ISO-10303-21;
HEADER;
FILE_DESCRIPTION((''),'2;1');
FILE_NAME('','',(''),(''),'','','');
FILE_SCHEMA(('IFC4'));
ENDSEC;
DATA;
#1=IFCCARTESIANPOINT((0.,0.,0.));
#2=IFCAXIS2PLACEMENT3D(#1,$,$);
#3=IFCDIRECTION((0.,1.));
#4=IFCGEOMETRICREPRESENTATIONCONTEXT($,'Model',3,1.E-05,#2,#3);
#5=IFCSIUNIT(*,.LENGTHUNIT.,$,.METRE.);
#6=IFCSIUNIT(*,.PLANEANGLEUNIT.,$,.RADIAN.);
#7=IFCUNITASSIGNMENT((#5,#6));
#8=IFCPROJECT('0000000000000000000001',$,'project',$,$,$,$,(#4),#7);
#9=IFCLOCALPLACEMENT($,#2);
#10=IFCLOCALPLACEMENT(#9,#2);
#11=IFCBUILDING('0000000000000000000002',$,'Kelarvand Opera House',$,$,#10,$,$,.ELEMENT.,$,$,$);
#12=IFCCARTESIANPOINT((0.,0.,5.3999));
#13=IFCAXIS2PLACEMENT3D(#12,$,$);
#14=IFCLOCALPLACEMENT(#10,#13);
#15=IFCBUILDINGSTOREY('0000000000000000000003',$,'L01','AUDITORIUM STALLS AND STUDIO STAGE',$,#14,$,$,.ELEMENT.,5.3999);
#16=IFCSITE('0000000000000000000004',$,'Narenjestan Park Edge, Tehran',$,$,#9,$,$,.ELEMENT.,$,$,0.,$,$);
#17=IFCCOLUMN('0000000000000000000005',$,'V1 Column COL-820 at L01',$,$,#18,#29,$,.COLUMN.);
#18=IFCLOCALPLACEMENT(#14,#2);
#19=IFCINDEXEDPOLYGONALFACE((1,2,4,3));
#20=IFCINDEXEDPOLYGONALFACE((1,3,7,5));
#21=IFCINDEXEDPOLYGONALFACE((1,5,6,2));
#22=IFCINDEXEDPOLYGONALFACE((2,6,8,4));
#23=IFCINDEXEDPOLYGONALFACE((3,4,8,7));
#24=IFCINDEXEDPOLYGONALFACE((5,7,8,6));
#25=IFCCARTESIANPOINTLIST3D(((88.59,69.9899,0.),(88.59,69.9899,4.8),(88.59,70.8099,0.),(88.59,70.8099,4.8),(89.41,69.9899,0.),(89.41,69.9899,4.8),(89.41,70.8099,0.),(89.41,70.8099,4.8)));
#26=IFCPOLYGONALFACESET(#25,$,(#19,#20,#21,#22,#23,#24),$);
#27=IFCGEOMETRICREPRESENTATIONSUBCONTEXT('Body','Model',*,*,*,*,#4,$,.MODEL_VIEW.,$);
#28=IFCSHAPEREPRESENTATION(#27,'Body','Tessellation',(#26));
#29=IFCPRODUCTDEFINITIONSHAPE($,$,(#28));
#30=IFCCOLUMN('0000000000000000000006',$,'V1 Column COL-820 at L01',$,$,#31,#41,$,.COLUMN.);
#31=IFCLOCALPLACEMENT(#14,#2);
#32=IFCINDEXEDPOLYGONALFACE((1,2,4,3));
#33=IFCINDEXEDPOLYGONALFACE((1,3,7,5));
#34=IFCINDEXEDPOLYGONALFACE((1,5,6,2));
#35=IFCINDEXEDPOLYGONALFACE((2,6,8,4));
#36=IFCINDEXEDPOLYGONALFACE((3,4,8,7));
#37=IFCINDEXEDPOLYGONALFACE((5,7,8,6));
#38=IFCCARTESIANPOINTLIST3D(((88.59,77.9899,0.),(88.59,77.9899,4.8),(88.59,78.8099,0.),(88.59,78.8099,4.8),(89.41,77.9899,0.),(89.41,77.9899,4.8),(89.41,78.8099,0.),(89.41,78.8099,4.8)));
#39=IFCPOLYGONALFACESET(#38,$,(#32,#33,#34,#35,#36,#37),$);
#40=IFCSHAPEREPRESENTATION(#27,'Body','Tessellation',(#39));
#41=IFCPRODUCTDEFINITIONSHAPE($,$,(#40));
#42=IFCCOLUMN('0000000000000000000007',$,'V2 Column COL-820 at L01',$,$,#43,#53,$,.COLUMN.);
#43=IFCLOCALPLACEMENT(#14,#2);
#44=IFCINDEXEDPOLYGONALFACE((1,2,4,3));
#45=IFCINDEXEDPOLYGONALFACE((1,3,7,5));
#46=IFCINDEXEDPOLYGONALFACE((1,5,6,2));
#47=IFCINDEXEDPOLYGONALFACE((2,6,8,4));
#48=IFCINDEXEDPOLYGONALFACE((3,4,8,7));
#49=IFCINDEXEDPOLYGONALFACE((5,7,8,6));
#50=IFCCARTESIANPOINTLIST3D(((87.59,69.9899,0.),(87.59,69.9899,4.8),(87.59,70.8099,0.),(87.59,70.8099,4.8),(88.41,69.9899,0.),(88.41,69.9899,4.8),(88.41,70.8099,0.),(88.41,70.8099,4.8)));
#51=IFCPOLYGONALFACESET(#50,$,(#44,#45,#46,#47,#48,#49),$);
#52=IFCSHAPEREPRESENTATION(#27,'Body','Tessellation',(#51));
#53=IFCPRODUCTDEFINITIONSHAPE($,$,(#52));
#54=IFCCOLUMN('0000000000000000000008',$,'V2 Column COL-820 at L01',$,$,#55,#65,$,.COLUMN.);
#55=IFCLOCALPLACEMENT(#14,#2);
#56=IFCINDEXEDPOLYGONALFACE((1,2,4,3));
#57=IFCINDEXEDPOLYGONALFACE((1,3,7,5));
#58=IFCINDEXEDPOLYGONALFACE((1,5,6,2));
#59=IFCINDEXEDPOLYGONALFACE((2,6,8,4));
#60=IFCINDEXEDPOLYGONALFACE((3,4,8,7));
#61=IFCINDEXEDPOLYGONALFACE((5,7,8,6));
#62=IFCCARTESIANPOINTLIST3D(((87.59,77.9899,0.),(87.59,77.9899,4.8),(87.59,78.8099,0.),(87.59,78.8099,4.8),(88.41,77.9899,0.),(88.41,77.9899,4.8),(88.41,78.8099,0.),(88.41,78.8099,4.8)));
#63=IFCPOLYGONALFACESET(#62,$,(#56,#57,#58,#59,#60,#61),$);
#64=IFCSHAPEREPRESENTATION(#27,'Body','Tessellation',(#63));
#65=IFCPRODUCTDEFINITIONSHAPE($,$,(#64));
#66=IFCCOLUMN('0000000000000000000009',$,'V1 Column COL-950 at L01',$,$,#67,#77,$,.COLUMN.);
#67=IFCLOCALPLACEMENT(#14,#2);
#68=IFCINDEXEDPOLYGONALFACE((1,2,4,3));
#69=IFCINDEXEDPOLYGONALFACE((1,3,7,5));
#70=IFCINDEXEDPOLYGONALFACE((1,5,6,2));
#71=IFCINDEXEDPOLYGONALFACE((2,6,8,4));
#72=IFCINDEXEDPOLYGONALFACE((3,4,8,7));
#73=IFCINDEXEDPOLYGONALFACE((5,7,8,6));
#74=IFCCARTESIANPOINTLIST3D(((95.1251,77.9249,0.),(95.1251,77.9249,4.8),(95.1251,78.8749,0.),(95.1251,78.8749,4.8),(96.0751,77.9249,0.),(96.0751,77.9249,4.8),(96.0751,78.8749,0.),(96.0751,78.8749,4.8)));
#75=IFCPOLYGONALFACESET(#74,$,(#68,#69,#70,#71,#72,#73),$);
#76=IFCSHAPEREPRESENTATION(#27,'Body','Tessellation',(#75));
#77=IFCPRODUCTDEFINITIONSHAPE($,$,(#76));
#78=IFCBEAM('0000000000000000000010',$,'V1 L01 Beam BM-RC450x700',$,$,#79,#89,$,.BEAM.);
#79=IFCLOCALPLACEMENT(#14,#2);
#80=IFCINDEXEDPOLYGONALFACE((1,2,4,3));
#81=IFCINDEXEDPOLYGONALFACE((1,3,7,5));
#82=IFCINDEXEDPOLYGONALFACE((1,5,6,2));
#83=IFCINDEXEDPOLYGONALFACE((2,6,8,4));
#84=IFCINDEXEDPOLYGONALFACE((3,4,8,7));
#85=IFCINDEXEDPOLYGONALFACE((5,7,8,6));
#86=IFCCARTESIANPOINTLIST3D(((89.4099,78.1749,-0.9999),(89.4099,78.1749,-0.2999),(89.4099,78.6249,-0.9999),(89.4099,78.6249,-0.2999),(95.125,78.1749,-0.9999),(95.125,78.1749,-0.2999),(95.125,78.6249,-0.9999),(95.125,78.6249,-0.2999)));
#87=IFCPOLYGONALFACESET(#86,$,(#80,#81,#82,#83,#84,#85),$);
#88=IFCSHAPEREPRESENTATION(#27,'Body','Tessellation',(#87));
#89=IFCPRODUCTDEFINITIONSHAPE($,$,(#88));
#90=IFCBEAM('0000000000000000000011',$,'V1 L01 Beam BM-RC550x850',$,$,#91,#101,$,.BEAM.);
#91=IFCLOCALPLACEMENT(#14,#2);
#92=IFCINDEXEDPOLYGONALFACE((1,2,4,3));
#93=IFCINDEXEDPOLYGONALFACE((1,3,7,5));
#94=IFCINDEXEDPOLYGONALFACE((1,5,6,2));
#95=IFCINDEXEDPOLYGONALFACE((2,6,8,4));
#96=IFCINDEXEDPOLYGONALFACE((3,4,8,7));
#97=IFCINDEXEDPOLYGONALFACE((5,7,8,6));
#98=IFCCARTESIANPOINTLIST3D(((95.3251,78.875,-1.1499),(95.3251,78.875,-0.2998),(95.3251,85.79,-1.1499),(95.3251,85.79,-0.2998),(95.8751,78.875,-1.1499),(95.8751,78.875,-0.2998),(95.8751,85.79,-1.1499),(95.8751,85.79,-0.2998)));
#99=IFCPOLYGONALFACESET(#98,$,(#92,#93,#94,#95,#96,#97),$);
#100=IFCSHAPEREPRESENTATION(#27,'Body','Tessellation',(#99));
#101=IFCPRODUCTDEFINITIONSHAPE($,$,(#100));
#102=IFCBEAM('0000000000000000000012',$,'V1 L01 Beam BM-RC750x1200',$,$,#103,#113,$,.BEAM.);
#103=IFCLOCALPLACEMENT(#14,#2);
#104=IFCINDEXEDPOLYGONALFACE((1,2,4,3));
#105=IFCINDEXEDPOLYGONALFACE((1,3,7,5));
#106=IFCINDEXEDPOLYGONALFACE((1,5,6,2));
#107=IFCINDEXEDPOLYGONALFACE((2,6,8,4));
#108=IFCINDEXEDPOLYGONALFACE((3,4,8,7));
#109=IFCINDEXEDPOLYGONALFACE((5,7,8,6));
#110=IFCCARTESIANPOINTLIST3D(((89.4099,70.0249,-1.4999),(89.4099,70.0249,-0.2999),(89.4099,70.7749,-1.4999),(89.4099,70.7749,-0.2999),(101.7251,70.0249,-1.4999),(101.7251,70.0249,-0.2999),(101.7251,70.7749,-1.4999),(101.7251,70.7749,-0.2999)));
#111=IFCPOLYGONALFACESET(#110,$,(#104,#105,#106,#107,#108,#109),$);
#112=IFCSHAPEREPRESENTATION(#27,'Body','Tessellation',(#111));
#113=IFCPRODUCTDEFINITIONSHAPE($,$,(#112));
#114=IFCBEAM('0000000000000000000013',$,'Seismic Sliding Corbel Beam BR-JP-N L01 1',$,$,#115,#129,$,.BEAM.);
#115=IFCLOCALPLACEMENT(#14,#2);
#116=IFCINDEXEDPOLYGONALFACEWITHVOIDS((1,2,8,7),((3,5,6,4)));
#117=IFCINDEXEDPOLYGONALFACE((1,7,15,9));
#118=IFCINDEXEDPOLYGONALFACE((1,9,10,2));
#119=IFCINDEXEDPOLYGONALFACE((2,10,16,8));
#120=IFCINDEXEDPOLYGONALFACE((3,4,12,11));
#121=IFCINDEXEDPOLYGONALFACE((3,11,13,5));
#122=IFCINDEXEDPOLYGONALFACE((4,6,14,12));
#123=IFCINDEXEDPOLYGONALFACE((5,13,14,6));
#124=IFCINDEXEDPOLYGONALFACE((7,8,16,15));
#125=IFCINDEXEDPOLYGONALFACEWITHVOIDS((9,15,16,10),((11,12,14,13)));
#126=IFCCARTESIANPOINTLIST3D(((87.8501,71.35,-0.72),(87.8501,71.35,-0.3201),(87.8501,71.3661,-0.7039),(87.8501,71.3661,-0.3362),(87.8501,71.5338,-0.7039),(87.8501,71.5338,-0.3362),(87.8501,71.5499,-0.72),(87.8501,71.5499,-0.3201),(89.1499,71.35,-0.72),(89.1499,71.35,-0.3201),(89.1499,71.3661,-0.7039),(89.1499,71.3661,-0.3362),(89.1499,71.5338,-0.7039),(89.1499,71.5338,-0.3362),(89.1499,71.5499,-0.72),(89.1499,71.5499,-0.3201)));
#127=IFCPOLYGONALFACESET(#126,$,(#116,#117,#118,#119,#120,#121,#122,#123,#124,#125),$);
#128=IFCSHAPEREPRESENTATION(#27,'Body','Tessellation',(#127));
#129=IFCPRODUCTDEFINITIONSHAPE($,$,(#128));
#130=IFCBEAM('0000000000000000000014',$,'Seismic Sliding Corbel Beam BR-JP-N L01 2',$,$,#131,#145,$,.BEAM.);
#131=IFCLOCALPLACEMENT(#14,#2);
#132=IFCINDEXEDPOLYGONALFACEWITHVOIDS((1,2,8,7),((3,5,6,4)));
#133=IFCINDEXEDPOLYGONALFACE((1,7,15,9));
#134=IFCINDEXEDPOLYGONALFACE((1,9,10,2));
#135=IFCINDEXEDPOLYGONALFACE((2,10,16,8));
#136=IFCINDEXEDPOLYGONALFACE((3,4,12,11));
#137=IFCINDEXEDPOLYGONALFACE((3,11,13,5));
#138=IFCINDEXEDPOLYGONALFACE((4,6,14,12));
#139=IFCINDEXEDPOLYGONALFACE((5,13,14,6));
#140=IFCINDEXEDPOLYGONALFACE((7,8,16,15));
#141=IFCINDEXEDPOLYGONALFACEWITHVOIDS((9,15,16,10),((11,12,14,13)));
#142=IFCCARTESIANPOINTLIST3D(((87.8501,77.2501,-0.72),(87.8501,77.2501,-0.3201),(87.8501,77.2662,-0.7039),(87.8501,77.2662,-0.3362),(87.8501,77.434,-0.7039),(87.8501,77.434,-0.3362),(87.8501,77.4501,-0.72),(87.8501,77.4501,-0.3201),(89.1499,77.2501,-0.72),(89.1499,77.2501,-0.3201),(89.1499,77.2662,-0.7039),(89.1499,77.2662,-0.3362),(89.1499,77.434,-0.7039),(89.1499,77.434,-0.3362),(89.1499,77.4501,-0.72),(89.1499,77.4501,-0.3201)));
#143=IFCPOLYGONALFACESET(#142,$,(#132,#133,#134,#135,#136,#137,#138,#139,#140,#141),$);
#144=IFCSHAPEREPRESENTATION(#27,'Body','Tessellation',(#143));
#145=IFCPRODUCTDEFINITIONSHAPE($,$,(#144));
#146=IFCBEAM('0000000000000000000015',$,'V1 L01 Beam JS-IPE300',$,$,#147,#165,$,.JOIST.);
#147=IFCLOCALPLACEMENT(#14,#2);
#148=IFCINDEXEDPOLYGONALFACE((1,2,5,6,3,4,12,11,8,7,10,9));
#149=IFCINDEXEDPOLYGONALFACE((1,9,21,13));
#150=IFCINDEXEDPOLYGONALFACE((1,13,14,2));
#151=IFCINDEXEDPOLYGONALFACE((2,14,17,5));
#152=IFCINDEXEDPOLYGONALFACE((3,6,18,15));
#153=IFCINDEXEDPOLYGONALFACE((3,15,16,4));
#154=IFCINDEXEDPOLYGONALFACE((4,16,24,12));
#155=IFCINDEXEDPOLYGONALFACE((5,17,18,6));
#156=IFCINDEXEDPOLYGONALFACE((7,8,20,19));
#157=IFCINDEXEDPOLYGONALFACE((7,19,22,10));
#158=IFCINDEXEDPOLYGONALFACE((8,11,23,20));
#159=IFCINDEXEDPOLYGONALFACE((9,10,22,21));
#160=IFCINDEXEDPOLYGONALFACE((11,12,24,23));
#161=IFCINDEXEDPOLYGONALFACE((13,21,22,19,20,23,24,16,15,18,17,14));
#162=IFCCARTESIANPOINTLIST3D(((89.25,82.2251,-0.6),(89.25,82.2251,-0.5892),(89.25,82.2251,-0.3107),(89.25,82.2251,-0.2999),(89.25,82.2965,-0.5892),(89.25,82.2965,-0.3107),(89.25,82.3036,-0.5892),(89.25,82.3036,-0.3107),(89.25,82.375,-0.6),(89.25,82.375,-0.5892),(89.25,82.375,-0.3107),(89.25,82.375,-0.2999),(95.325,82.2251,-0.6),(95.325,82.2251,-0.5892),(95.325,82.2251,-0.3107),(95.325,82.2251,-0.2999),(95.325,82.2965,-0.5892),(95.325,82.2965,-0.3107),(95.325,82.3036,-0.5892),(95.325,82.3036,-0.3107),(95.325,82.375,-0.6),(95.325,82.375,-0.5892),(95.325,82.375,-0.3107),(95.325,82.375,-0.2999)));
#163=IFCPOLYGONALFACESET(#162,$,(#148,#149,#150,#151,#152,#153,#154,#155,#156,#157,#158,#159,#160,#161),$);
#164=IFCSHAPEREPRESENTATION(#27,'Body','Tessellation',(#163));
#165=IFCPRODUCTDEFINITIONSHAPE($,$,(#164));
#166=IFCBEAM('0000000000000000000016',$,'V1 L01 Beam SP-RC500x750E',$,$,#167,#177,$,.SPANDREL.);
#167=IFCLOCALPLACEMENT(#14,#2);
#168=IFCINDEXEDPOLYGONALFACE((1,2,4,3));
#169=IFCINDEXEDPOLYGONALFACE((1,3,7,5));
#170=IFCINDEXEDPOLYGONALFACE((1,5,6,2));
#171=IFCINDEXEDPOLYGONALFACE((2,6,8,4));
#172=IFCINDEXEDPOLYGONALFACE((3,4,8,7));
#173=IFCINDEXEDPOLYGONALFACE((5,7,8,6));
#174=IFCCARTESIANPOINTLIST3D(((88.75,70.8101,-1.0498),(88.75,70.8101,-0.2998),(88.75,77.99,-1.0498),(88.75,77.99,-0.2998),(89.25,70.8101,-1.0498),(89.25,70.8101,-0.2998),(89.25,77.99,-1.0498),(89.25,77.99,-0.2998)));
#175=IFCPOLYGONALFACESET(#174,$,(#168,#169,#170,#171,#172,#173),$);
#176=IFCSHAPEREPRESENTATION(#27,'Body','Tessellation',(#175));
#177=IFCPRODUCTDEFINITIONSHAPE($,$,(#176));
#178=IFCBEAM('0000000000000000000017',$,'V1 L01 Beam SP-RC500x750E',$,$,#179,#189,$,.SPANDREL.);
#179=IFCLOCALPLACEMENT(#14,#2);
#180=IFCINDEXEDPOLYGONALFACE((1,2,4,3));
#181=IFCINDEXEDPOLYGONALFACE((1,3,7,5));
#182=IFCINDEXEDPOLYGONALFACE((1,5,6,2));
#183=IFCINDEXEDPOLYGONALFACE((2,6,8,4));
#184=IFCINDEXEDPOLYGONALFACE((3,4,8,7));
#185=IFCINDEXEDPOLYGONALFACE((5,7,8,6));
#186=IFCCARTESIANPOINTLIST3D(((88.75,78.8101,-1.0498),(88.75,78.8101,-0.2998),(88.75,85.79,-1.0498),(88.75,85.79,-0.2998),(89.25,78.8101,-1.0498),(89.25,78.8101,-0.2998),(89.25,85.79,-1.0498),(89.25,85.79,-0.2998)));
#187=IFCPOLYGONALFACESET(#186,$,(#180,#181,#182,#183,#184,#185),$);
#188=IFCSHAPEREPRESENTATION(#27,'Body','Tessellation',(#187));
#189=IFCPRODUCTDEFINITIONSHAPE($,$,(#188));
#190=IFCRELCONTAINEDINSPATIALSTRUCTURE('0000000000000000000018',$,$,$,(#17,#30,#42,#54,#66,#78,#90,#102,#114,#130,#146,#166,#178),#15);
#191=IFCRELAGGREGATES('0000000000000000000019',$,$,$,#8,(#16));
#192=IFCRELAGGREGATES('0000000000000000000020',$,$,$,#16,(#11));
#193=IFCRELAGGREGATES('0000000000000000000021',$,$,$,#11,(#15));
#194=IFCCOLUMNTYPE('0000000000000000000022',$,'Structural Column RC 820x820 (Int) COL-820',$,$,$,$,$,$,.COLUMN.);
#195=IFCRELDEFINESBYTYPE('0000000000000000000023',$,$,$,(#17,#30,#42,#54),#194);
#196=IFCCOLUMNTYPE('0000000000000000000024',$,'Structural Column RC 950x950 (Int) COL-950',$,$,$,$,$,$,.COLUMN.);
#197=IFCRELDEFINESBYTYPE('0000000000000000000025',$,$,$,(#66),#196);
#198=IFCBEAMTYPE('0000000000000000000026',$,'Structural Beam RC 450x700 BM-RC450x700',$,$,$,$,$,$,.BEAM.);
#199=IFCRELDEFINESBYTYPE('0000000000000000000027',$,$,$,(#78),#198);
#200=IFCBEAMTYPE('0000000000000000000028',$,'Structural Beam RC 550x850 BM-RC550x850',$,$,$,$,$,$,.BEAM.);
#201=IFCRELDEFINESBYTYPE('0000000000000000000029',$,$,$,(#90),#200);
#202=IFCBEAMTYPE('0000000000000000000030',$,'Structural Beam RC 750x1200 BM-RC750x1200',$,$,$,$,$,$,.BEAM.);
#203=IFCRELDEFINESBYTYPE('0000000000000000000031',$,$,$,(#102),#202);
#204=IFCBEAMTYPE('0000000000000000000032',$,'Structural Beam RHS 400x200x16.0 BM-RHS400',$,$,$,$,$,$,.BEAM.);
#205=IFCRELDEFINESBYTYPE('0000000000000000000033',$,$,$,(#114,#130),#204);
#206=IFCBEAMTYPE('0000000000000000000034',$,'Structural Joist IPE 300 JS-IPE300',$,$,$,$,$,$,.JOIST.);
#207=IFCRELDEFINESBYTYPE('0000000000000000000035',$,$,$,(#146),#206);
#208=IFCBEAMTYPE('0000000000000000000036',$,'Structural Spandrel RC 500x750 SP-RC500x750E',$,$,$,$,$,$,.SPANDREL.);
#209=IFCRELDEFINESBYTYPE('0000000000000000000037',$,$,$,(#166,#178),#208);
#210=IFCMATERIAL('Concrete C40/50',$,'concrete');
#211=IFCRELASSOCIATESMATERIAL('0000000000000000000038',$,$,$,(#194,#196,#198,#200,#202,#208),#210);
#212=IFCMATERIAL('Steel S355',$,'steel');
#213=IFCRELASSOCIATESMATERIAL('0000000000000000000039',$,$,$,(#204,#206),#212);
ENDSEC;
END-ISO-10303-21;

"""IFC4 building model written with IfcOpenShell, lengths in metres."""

from ifc_helpers import new_model, si_unit, direction, frame, origin, origin_2d, place, context, subcontext, project, spatial, rectangle, hollow_rectangle, i_section, extrude, material, material_profile, profile_set, type_object, element, save


model = new_model("IFC4")

# Units and contexts
model_context = context("Model", 3, precision=1e-05, world=origin(), true_north=direction((0.0, 1.0)))
body_context = subcontext(model_context, "Body", "Model", "MODEL_VIEW")
ifc_project = project(units=[si_unit("LENGTHUNIT", "METRE"), si_unit("PLANEANGLEUNIT", "RADIAN")], contexts=[model_context])

# Site, building, storey
site_placement = place(None, origin())
site = spatial("IfcSite", under=ifc_project, at=site_placement, Name="Narenjestan Park Edge, Tehran", CompositionType="ELEMENT", RefElevation=0.0)
building_placement = place(site_placement, origin())
building = spatial("IfcBuilding", under=site, at=building_placement, Name="Kelarvand Opera House", CompositionType="ELEMENT")
storey_placement = place(building_placement, frame((0.0, 0.0, 5.3999)))
storey = spatial("IfcBuildingStorey", under=building, at=storey_placement, Name="L01", Description="AUDITORIUM STALLS AND STUDIO STAGE", CompositionType="ELEMENT", Elevation=5.3999)

# Columns
ifc_material_1 = material(Name="Concrete C40/50", Category="concrete")
ifc_material_profile_1 = material_profile(ifc_material_1, rectangle(XDim=0.8201, YDim=0.8201, at=origin_2d()), Name="RC 820x820", Category="concrete")
ifc_profile_set_1 = profile_set([ifc_material_profile_1], Name="Concrete C40/50")
column_type_1 = type_object("IfcColumnType", Name="Structural Column RC 820x820 (Int) COL-820", PredefinedType="COLUMN", material=ifc_profile_set_1)
for number, where, z_axis, x_axis, name in (
    (1, (89.0, 70.3999, 0.0), (0.0, 0.0, 1.0), (1.0, 0.0, 0.0), "V1 Column COL-820 at L01"),
    (2, (89.0, 78.3999, 0.0), (0.0, 0.0, 1.0), (1.0, 0.0, 0.0), "V1 Column COL-820 at L01"),
    (3, (88.0, 70.3999, 0.0), (0.0, 0.0, 1.0), (1.0, 0.0, 0.0), "V2 Column COL-820 at L01"),
    (4, (88.0, 78.3999, 0.0), (0.0, 0.0, 1.0), (1.0, 0.0, 0.0), "V2 Column COL-820 at L01"),
):
    element("IfcColumn", number, at=place(storey_placement, frame(where, z_axis=z_axis, x_axis=x_axis)), inside=storey, type_object=column_type_1, Name=name, PredefinedType="COLUMN", context=body_context, shape_type="SweptSolid", body=[
        extrude(rectangle(XDim=0.8201, YDim=0.8201, at=origin_2d()), origin(), (0.0, 0.0, 1.0), 4.8),
    ])
ifc_material_profile_2 = material_profile(ifc_material_1, rectangle(XDim=0.95, YDim=0.95, at=origin_2d()), Name="RC 950x950", Category="concrete")
ifc_profile_set_2 = profile_set([ifc_material_profile_2], Name="Concrete C40/50")
column_type_2 = type_object("IfcColumnType", Name="Structural Column RC 950x950 (Int) COL-950", PredefinedType="COLUMN", material=ifc_profile_set_2)
column_placement = place(storey_placement, frame((95.6001, 78.3999, 0.0), z_axis=(0.0, 0.0, 1.0), x_axis=(1.0, 0.0, 0.0)))
element("IfcColumn", 5, at=column_placement, inside=storey, type_object=column_type_2, Name="V1 Column COL-950 at L01", PredefinedType="COLUMN", context=body_context, shape_type="SweptSolid", body=[
    extrude(rectangle(XDim=0.95, YDim=0.95, at=origin_2d()), origin(), (0.0, 0.0, 1.0), 4.8),
])

# Beams
ifc_material_profile_3 = material_profile(ifc_material_1, rectangle(XDim=0.45, YDim=0.7, at=origin_2d()), Name="RC 450x700", Category="concrete")
ifc_profile_set_3 = profile_set([ifc_material_profile_3], Name="Concrete C40/50")
beam_type_1 = type_object("IfcBeamType", Name="Structural Beam RC 450x700 BM-RC450x700", PredefinedType="BEAM", material=ifc_profile_set_3)
beam_1_placement = place(storey_placement, frame((89.4099, 78.3999, -0.6499), z_axis=(1.0, 0.0, 0.0), x_axis=(0.0, 1.0, 0.0)))
element("IfcBeam", 6, at=beam_1_placement, inside=storey, type_object=beam_type_1, Name="V1 L01 Beam BM-RC450x700", PredefinedType="BEAM", context=body_context, shape_type="SweptSolid", body=[
    extrude(rectangle(XDim=0.45, YDim=0.7, at=origin_2d()), origin(), (0.0, 0.0, 1.0), 5.7151),
])
ifc_material_profile_4 = material_profile(ifc_material_1, rectangle(XDim=0.55, YDim=0.8501, at=origin_2d()), Name="RC 550x850", Category="concrete")
ifc_profile_set_4 = profile_set([ifc_material_profile_4], Name="Concrete C40/50")
beam_type_2 = type_object("IfcBeamType", Name="Structural Beam RC 550x850 BM-RC550x850", PredefinedType="BEAM", material=ifc_profile_set_4)
beam_2_placement = place(storey_placement, frame((95.6001, 78.875, -0.7249), z_axis=(0.0, 1.0, 0.0), x_axis=(-1.0, 0.0, 0.0)))
element("IfcBeam", 7, at=beam_2_placement, inside=storey, type_object=beam_type_2, Name="V1 L01 Beam BM-RC550x850", PredefinedType="BEAM", context=body_context, shape_type="SweptSolid", body=[
    extrude(rectangle(XDim=0.55, YDim=0.8501, at=origin_2d()), origin(), (0.0, 0.0, 1.0), 6.915),
])
ifc_material_profile_5 = material_profile(ifc_material_1, rectangle(XDim=0.75, YDim=1.2, at=origin_2d()), Name="RC 750x1200", Category="concrete")
ifc_profile_set_5 = profile_set([ifc_material_profile_5], Name="Concrete C40/50")
beam_type_3 = type_object("IfcBeamType", Name="Structural Beam RC 750x1200 BM-RC750x1200", PredefinedType="BEAM", material=ifc_profile_set_5)
beam_3_placement = place(storey_placement, frame((89.4099, 70.3999, -0.8999), z_axis=(1.0, 0.0, 0.0), x_axis=(0.0, 1.0, 0.0)))
element("IfcBeam", 8, at=beam_3_placement, inside=storey, type_object=beam_type_3, Name="V1 L01 Beam BM-RC750x1200", PredefinedType="BEAM", context=body_context, shape_type="SweptSolid", body=[
    extrude(rectangle(XDim=0.75, YDim=1.2, at=origin_2d()), origin(), (0.0, 0.0, 1.0), 12.3152),
])
ifc_material_2 = material(Name="Steel S355", Category="steel")
ifc_material_profile_6 = material_profile(ifc_material_2, hollow_rectangle(XDim=0.2, YDim=0.3999, WallThickness=0.0161, at=origin_2d()), Name="RHS 400x200x16.0", Category="steel")
ifc_profile_set_6 = profile_set([ifc_material_profile_6], Name="Steel S355")
beam_type_4 = type_object("IfcBeamType", Name="Structural Beam RHS 400x200x16.0 BM-RHS400", PredefinedType="BEAM", material=ifc_profile_set_6)
for number, where, z_axis, x_axis, name in (
    (9, (87.8501, 71.45, -0.52), (1.0, 0.0, 0.0), (0.0, 1.0, 0.0), "Seismic Sliding Corbel Beam BR-JP-N L01 1"),
    (10, (87.8501, 77.3501, -0.52), (1.0, 0.0, 0.0), (0.0, 1.0, 0.0), "Seismic Sliding Corbel Beam BR-JP-N L01 2"),
):
    element("IfcBeam", number, at=place(storey_placement, frame(where, z_axis=z_axis, x_axis=x_axis)), inside=storey, type_object=beam_type_4, Name=name, PredefinedType="BEAM", context=body_context, shape_type="SweptSolid", body=[
        extrude(hollow_rectangle(XDim=0.2, YDim=0.3999, WallThickness=0.0161, at=origin_2d()), origin(), (0.0, 0.0, 1.0), 1.2998),
    ])
ifc_material_profile_7 = material_profile(ifc_material_2, i_section(OverallWidth=0.1499, OverallDepth=0.3, WebThickness=0.0071, FlangeThickness=0.0107, at=origin_2d()), Name="IPE 300", Category="steel")
ifc_profile_set_7 = profile_set([ifc_material_profile_7], Name="Steel S355")
beam_type_5 = type_object("IfcBeamType", Name="Structural Joist IPE 300 JS-IPE300", PredefinedType="JOIST", material=ifc_profile_set_7)
beam_4_placement = place(storey_placement, frame((89.25, 82.3, -0.45), z_axis=(1.0, 0.0, 0.0), x_axis=(0.0, 1.0, 0.0)))
element("IfcBeam", 11, at=beam_4_placement, inside=storey, type_object=beam_type_5, Name="V1 L01 Beam JS-IPE300", PredefinedType="JOIST", context=body_context, shape_type="SweptSolid", body=[
    extrude(i_section(OverallWidth=0.1499, OverallDepth=0.3, WebThickness=0.0071, FlangeThickness=0.0107, at=origin_2d()), origin(), (0.0, 0.0, 1.0), 6.075),
])
ifc_material_profile_8 = material_profile(ifc_material_1, rectangle(XDim=0.5, YDim=0.75, at=origin_2d()), Name="RC 500x750", Category="concrete")
ifc_profile_set_8 = profile_set([ifc_material_profile_8], Name="Concrete C40/50")
beam_type_6 = type_object("IfcBeamType", Name="Structural Spandrel RC 500x750 SP-RC500x750E", PredefinedType="SPANDREL", material=ifc_profile_set_8)
beam_5_placement = place(storey_placement, frame((89.0, 70.8101, -0.6748), z_axis=(0.0, 1.0, 0.0), x_axis=(-1.0, 0.0, 0.0)))
element("IfcBeam", 12, at=beam_5_placement, inside=storey, type_object=beam_type_6, Name="V1 L01 Beam SP-RC500x750E", PredefinedType="SPANDREL", context=body_context, shape_type="SweptSolid", body=[
    extrude(rectangle(XDim=0.5, YDim=0.75, at=origin_2d()), origin(), (0.0, 0.0, 1.0), 7.1799),
])
beam_6_placement = place(storey_placement, frame((89.0, 78.8101, -0.6748), z_axis=(0.0, 1.0, 0.0), x_axis=(-1.0, 0.0, 0.0)))
element("IfcBeam", 13, at=beam_6_placement, inside=storey, type_object=beam_type_6, Name="V1 L01 Beam SP-RC500x750E", PredefinedType="SPANDREL", context=body_context, shape_type="SweptSolid", body=[
    extrude(rectangle(XDim=0.5, YDim=0.75, at=origin_2d()), origin(), (0.0, 0.0, 1.0), 6.98),
])

save(model, "model.ifc")
